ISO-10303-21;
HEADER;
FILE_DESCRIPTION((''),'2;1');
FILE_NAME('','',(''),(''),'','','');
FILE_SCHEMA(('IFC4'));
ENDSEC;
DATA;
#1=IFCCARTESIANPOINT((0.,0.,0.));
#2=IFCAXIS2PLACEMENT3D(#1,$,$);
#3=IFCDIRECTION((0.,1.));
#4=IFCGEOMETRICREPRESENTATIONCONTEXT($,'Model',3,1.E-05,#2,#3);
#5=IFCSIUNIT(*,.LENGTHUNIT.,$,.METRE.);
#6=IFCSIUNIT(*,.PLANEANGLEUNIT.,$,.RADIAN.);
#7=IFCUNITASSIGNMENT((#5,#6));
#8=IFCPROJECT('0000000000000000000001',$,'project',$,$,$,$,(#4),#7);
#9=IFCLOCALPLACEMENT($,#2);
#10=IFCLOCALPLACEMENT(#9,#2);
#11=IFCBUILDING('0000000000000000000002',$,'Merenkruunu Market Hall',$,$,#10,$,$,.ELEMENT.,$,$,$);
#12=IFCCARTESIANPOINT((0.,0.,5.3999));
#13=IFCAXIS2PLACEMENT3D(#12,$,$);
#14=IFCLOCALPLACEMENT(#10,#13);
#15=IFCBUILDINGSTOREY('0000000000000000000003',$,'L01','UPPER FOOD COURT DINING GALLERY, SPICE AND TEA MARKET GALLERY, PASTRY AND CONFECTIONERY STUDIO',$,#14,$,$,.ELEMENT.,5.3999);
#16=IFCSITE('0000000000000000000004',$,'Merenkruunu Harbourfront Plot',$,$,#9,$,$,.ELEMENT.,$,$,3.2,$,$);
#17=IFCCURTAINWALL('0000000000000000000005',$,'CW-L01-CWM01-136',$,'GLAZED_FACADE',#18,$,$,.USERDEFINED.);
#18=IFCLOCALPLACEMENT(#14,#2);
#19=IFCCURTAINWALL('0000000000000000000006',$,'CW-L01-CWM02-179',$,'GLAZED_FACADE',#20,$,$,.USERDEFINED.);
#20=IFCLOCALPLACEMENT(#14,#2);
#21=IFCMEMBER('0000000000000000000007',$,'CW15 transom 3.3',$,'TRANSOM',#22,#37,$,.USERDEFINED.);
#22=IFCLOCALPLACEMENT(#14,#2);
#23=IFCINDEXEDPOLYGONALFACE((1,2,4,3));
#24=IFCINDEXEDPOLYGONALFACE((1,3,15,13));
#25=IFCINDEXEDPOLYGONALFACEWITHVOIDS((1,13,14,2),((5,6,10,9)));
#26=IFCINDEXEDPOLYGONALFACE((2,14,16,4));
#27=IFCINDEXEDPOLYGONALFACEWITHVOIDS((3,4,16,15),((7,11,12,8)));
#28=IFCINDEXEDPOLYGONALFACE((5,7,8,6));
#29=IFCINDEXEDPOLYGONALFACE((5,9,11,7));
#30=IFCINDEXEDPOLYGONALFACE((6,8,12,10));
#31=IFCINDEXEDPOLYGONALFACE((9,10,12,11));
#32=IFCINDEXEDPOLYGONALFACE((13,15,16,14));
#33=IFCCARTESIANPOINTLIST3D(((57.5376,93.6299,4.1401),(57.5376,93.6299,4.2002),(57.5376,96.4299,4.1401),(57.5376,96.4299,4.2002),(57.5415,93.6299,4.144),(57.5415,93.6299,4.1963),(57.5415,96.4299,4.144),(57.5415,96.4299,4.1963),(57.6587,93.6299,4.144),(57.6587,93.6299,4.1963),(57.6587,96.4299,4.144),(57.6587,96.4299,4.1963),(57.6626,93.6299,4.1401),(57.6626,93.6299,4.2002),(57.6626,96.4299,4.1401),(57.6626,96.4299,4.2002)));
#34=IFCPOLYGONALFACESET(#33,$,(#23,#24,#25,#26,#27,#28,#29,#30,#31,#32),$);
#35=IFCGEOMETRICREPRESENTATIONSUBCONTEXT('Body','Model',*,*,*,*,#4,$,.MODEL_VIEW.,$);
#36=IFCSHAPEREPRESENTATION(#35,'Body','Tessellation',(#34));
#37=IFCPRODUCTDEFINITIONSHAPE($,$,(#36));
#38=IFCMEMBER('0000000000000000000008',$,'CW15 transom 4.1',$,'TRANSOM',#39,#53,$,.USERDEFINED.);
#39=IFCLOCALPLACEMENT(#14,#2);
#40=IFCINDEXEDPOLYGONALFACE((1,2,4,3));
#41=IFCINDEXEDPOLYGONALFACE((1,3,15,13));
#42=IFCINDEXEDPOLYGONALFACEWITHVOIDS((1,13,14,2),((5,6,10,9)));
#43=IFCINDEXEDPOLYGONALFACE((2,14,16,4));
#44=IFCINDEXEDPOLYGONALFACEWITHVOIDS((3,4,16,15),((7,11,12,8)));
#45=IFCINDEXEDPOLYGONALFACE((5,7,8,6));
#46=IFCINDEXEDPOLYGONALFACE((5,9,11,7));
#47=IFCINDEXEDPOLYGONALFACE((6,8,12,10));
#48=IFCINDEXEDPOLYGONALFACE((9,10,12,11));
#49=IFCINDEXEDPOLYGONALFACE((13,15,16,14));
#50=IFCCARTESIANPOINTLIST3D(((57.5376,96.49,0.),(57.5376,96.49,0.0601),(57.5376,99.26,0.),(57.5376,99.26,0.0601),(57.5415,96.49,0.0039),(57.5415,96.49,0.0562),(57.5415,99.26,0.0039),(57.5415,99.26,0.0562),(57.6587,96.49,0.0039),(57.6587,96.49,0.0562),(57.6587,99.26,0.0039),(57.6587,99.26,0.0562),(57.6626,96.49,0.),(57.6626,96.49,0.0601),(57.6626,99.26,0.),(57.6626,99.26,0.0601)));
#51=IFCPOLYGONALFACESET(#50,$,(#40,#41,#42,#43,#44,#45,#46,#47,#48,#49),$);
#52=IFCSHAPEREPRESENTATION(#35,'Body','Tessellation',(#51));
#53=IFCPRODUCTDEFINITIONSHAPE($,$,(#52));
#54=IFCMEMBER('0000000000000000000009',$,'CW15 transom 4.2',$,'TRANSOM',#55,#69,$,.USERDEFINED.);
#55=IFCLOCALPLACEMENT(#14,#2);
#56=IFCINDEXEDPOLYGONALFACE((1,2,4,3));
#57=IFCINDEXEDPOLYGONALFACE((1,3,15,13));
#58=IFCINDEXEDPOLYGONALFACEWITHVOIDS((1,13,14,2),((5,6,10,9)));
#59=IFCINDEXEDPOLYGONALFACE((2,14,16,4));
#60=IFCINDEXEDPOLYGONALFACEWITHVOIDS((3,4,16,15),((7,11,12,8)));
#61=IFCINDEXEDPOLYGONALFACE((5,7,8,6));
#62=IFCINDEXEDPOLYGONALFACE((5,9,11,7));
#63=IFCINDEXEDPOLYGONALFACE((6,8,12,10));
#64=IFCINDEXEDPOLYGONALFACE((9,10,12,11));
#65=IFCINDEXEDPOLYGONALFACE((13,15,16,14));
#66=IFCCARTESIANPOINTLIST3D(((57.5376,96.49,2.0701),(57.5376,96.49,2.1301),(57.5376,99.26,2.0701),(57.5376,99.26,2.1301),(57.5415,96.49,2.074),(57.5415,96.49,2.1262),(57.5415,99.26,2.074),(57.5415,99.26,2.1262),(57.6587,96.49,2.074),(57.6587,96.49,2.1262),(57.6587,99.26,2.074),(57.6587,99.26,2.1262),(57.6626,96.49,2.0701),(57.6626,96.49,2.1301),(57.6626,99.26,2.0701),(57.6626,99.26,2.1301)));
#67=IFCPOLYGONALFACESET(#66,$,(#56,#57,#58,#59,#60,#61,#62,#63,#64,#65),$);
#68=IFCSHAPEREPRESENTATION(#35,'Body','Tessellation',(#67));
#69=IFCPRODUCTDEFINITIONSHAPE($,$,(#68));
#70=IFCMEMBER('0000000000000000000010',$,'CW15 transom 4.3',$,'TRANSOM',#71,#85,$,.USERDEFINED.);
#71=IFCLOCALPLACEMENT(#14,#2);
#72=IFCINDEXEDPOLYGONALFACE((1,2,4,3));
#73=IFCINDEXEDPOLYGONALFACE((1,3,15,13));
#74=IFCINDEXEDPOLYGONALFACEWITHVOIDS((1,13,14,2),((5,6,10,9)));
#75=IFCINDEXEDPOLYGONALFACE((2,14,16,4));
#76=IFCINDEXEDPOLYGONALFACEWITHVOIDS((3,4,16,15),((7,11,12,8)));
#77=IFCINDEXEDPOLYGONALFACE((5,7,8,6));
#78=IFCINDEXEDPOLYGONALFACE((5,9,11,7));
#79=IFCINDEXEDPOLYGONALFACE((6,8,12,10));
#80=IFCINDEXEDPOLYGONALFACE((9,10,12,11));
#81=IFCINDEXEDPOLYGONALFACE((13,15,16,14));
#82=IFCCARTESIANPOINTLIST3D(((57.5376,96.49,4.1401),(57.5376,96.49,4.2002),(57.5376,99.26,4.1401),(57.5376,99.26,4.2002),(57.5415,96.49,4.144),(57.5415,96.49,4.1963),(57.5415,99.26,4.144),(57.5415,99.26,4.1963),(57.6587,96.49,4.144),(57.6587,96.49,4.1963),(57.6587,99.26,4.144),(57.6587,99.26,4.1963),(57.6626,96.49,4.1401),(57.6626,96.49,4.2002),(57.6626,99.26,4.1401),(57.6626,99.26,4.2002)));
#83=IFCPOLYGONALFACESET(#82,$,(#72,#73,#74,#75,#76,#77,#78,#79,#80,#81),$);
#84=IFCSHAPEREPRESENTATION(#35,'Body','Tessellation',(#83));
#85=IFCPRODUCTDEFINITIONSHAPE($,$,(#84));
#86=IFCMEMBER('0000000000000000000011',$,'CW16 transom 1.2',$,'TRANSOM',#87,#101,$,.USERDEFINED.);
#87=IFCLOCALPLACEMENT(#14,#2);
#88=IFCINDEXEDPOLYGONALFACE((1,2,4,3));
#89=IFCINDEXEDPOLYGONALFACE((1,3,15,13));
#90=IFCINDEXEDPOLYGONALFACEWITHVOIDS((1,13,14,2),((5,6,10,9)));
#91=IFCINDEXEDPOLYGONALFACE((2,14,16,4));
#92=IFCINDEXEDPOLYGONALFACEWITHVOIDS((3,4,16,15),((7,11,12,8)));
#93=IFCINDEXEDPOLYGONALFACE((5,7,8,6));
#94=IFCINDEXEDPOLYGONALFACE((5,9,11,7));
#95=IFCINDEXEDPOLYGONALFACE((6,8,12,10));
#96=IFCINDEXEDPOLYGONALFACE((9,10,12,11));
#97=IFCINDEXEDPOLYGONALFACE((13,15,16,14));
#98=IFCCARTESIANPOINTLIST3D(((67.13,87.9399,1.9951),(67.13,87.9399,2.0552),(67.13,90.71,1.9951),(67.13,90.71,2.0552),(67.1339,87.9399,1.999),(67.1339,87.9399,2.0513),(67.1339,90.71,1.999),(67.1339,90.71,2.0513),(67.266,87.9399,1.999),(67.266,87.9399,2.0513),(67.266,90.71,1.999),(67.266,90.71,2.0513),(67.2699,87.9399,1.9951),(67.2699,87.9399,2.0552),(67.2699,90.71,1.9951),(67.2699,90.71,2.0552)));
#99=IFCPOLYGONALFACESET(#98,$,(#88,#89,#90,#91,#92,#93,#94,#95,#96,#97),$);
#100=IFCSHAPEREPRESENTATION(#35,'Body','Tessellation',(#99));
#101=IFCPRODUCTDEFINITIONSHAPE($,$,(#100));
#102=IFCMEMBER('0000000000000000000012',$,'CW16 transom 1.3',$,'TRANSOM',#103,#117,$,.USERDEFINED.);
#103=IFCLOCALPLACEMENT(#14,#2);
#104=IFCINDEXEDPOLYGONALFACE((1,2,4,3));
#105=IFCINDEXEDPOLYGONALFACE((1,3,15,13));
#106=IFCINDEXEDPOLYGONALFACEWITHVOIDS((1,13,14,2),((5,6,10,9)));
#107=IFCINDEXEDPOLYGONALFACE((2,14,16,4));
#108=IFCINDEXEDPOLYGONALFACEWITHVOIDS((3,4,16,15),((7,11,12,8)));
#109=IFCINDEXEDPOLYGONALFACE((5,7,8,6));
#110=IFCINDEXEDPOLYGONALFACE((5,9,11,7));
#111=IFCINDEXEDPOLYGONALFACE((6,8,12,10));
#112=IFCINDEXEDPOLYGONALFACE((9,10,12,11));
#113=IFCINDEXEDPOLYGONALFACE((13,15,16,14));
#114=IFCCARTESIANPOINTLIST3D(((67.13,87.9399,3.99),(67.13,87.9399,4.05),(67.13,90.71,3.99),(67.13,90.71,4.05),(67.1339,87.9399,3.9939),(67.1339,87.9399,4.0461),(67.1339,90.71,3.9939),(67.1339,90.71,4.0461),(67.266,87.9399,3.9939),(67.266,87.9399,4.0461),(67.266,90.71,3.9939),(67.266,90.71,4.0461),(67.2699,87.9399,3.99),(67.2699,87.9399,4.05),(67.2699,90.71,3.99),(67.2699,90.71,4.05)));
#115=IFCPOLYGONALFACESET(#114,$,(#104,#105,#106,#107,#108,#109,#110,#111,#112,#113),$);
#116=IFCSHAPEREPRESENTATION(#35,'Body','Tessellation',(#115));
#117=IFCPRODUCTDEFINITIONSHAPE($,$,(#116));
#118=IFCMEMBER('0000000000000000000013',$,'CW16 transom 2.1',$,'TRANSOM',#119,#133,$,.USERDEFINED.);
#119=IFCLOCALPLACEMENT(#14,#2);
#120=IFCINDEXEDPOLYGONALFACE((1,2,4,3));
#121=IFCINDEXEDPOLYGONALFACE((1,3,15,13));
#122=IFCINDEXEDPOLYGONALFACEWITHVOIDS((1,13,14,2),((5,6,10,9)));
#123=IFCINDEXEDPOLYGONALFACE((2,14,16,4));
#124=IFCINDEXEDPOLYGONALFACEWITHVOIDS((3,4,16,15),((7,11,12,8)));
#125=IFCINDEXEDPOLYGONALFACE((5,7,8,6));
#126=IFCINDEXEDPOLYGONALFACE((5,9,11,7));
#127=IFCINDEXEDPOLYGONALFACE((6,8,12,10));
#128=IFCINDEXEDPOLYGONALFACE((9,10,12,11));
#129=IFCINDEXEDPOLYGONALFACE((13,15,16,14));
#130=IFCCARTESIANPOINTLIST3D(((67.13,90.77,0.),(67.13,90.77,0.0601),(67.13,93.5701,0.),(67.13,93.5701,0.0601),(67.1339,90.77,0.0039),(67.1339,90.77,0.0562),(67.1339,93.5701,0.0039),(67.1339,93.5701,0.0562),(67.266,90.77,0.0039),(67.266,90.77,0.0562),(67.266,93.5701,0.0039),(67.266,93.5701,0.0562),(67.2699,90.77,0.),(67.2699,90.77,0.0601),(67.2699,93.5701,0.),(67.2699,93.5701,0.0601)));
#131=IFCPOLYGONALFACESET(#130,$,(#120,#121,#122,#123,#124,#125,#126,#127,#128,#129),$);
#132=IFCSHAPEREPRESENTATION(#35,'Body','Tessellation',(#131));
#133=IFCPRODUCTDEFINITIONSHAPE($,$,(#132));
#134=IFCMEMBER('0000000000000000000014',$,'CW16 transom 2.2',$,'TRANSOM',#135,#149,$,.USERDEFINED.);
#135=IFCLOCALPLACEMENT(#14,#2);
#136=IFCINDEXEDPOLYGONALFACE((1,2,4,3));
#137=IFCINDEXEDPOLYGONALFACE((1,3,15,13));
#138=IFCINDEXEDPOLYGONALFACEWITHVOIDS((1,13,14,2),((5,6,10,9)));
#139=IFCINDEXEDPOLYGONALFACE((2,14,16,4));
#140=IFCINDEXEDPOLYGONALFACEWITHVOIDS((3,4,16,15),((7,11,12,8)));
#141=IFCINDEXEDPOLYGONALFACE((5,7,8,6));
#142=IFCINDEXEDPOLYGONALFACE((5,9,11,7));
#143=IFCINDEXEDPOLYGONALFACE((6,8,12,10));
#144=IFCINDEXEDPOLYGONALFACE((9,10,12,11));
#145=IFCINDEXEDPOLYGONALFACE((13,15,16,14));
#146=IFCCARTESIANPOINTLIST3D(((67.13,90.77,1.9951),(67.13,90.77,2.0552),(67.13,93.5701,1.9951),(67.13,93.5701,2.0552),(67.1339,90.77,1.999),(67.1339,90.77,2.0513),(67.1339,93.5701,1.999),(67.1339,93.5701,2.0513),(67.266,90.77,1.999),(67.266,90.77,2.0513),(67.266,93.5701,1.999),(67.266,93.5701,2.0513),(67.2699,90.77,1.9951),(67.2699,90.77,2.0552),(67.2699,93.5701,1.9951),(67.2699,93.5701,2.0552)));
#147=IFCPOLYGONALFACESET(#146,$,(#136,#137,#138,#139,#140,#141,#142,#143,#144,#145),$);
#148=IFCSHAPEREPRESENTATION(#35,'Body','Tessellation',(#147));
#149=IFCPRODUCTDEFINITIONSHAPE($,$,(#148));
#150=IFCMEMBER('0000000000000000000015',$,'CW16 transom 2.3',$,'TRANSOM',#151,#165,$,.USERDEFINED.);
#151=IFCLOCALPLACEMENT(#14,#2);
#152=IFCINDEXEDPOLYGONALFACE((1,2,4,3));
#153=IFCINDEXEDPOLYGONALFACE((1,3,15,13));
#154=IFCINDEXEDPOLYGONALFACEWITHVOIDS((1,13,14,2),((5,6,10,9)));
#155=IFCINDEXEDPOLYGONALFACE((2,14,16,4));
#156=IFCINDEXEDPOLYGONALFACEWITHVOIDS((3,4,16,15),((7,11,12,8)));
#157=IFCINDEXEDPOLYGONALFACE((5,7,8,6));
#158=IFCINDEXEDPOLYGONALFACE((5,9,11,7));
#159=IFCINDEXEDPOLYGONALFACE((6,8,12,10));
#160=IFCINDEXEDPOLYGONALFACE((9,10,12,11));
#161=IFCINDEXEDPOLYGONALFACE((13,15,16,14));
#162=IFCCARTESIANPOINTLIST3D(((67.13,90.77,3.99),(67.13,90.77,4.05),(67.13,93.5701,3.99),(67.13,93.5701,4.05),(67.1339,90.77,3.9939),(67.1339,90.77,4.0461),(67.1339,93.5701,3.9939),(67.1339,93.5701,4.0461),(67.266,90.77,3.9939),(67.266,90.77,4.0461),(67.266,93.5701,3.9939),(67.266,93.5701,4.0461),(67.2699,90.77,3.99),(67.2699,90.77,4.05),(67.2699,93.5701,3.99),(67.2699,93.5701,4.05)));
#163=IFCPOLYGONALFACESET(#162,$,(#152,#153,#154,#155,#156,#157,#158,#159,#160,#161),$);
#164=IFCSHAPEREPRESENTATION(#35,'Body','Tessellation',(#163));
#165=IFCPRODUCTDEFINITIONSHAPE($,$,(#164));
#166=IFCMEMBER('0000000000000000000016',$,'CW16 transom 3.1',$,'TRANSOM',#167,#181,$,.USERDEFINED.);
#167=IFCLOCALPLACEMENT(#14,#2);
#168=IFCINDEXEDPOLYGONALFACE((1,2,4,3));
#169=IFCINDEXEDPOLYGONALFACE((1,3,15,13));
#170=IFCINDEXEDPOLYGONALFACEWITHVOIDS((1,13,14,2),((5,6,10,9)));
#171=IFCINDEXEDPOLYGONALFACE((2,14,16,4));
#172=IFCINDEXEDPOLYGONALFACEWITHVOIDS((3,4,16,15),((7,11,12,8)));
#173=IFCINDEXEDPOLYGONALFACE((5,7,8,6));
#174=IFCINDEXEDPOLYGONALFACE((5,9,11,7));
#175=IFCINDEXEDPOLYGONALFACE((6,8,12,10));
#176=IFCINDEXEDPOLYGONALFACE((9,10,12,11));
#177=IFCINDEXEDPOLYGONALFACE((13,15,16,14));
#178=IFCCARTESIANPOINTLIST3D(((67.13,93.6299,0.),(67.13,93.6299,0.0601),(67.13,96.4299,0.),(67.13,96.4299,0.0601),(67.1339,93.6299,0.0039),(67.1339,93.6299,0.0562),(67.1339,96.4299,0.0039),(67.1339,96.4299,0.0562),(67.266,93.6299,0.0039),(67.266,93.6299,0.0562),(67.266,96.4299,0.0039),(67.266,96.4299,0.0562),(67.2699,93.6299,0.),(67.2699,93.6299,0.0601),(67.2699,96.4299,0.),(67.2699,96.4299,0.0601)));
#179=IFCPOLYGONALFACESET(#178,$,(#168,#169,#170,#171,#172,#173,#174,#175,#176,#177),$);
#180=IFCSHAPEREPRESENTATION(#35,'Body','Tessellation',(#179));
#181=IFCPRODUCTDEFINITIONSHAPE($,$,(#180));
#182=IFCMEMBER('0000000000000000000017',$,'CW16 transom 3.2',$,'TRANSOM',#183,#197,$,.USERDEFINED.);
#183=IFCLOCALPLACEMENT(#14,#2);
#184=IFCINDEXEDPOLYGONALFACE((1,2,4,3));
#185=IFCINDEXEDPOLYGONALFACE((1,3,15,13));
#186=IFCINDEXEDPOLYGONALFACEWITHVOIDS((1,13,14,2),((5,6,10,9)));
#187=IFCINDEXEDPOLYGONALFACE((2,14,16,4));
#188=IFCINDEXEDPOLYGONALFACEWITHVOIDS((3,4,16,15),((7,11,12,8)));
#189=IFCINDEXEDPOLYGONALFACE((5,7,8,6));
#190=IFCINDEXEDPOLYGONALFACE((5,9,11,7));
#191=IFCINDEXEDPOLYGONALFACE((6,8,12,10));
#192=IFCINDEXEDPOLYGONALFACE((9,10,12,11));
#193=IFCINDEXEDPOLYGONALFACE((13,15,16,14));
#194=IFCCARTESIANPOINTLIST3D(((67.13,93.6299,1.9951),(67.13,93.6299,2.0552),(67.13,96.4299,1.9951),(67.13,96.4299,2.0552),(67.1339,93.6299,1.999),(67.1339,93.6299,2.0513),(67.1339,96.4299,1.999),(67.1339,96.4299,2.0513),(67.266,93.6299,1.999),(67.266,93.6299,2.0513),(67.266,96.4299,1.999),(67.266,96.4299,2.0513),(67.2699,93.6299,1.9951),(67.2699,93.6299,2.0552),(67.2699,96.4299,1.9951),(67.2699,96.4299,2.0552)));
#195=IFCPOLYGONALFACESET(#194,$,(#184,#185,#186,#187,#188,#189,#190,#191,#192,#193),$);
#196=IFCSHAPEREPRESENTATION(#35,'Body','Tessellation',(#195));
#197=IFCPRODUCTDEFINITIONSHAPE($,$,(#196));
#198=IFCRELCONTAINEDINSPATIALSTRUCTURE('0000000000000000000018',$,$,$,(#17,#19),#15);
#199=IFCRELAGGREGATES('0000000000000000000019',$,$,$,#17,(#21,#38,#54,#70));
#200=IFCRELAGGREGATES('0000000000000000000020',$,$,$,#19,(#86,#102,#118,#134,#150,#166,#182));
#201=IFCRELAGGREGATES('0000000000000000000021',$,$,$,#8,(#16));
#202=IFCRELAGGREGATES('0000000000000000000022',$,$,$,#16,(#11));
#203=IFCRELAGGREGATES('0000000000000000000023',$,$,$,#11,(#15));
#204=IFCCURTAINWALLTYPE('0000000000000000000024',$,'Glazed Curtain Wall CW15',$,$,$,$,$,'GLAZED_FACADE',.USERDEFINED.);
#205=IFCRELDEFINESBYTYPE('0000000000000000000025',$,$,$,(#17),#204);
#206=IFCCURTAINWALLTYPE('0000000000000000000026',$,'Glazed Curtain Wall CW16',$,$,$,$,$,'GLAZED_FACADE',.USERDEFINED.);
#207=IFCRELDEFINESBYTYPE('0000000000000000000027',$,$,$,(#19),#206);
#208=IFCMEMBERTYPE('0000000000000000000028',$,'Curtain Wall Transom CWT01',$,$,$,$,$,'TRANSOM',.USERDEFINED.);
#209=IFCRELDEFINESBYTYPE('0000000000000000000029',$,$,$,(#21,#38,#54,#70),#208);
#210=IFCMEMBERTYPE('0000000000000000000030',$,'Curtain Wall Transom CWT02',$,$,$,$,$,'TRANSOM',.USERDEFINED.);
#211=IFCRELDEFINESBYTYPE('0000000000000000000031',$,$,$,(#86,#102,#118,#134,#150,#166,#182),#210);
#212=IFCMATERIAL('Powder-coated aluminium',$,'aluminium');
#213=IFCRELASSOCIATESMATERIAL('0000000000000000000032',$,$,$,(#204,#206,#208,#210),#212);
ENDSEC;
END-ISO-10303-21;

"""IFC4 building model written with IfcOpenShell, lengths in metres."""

from ifc_helpers import new_model, si_unit, direction, frame, origin, origin_2d, place, context, subcontext, project, spatial, hollow_rectangle, extrude, material, material_profile, profile_set, type_object, element, aggregate, save


model = new_model("IFC4")

# Units and contexts
model_context = context("Model", 3, precision=1e-05, world=origin(), true_north=direction((0.0, 1.0)))
body_context = subcontext(model_context, "Body", "Model", "MODEL_VIEW")
ifc_project = project(units=[si_unit("LENGTHUNIT", "METRE"), si_unit("PLANEANGLEUNIT", "RADIAN")], contexts=[model_context])

# Site, building, storey
site_placement = place(None, origin())
site = spatial("IfcSite", under=ifc_project, at=site_placement, Name="Merenkruunu Harbourfront Plot", CompositionType="ELEMENT", RefElevation=3.2)
building_placement = place(site_placement, origin())
building = spatial("IfcBuilding", under=site, at=building_placement, Name="Merenkruunu Market Hall", CompositionType="ELEMENT")
storey_placement = place(building_placement, frame((0.0, 0.0, 5.3999)))
storey = spatial("IfcBuildingStorey", under=building, at=storey_placement, Name="L01", Description="UPPER FOOD COURT DINING GALLERY, SPICE AND TEA MARKET GALLERY, PASTRY AND CONFECTIONERY STUDIO", CompositionType="ELEMENT", Elevation=5.3999)

# Curtain walls
ifc_material_1 = material(Name="Powder-coated aluminium", Category="aluminium")
curtain_wall_type_1 = type_object("IfcCurtainWallType", Name="Glazed Curtain Wall CW15", ElementType="GLAZED_FACADE", PredefinedType="USERDEFINED", material=ifc_material_1)
curtain_wall_1_placement = place(storey_placement, origin())
curtain_wall_1 = element("IfcCurtainWall", 1, at=curtain_wall_1_placement, inside=storey, type_object=curtain_wall_type_1, Name="CW-L01-CWM01-136", ObjectType="GLAZED_FACADE", PredefinedType="USERDEFINED")
curtain_wall_type_2 = type_object("IfcCurtainWallType", Name="Glazed Curtain Wall CW16", ElementType="GLAZED_FACADE", PredefinedType="USERDEFINED", material=ifc_material_1)
curtain_wall_2_placement = place(storey_placement, origin())
curtain_wall_2 = element("IfcCurtainWall", 2, at=curtain_wall_2_placement, inside=storey, type_object=curtain_wall_type_2, Name="CW-L01-CWM02-179", ObjectType="GLAZED_FACADE", PredefinedType="USERDEFINED")

# Members
ifc_material_profile_1 = material_profile(ifc_material_1, hollow_rectangle(XDim=0.0601, YDim=0.125, WallThickness=0.0039, at=origin_2d()), Name="ALU 60x125x4")
ifc_profile_set_1 = profile_set([ifc_material_profile_1], Name="Powder-coated aluminium")
member_type_1 = type_object("IfcMemberType", Name="Curtain Wall Transom CWT01", ElementType="TRANSOM", PredefinedType="USERDEFINED", material=ifc_profile_set_1)
member_1_placement = place(storey_placement, frame((57.6001, 93.6299, 4.1702), z_axis=(0.0, 1.0, 0.0), x_axis=(0.0, 0.0, 1.0)))
member_1 = element("IfcMember", 3, at=member_1_placement, type_object=member_type_1, Name="CW15 transom 3.3", ObjectType="TRANSOM", PredefinedType="USERDEFINED", context=body_context, shape_type="SweptSolid", body=[
    extrude(hollow_rectangle(XDim=0.0601, YDim=0.125, WallThickness=0.0039, at=origin_2d()), origin(), (0.0, 0.0, 1.0), 2.8),
])
member_2_placement = place(storey_placement, frame((57.6001, 96.49, 0.03), z_axis=(0.0, 1.0, 0.0), x_axis=(0.0, 0.0, 1.0)))
member_2 = element("IfcMember", 4, at=member_2_placement, type_object=member_type_1, Name="CW15 transom 4.1", ObjectType="TRANSOM", PredefinedType="USERDEFINED", context=body_context, shape_type="SweptSolid", body=[
    extrude(hollow_rectangle(XDim=0.0601, YDim=0.125, WallThickness=0.0039, at=origin_2d()), origin(), (0.0, 0.0, 1.0), 2.77),
])
member_3_placement = place(storey_placement, frame((57.6001, 96.49, 2.1001), z_axis=(0.0, 1.0, 0.0), x_axis=(0.0, 0.0, 1.0)))
member_3 = element("IfcMember", 5, at=member_3_placement, type_object=member_type_1, Name="CW15 transom 4.2", ObjectType="TRANSOM", PredefinedType="USERDEFINED", context=body_context, shape_type="SweptSolid", body=[
    extrude(hollow_rectangle(XDim=0.0601, YDim=0.125, WallThickness=0.0039, at=origin_2d()), origin(), (0.0, 0.0, 1.0), 2.77),
])
member_4_placement = place(storey_placement, frame((57.6001, 96.49, 4.1702), z_axis=(0.0, 1.0, 0.0), x_axis=(0.0, 0.0, 1.0)))
member_4 = element("IfcMember", 6, at=member_4_placement, type_object=member_type_1, Name="CW15 transom 4.3", ObjectType="TRANSOM", PredefinedType="USERDEFINED", context=body_context, shape_type="SweptSolid", body=[
    extrude(hollow_rectangle(XDim=0.0601, YDim=0.125, WallThickness=0.0039, at=origin_2d()), origin(), (0.0, 0.0, 1.0), 2.77),
])
ifc_material_profile_2 = material_profile(ifc_material_1, hollow_rectangle(XDim=0.0601, YDim=0.1399, WallThickness=0.0039, at=origin_2d()), Name="ALU 60x140x4")
ifc_profile_set_2 = profile_set([ifc_material_profile_2], Name="Powder-coated aluminium")
member_type_2 = type_object("IfcMemberType", Name="Curtain Wall Transom CWT02", ElementType="TRANSOM", PredefinedType="USERDEFINED", material=ifc_profile_set_2)
member_5_placement = place(storey_placement, frame((67.2, 87.9399, 2.0251), z_axis=(0.0, 1.0, 0.0), x_axis=(0.0, 0.0, 1.0)))
member_5 = element("IfcMember", 7, at=member_5_placement, type_object=member_type_2, Name="CW16 transom 1.2", ObjectType="TRANSOM", PredefinedType="USERDEFINED", context=body_context, shape_type="SweptSolid", body=[
    extrude(hollow_rectangle(XDim=0.0601, YDim=0.1399, WallThickness=0.0039, at=origin_2d()), origin(), (0.0, 0.0, 1.0), 2.77),
])
member_6_placement = place(storey_placement, frame((67.2, 87.9399, 4.02), z_axis=(0.0, 1.0, 0.0), x_axis=(0.0, 0.0, 1.0)))
member_6 = element("IfcMember", 8, at=member_6_placement, type_object=member_type_2, Name="CW16 transom 1.3", ObjectType="TRANSOM", PredefinedType="USERDEFINED", context=body_context, shape_type="SweptSolid", body=[
    extrude(hollow_rectangle(XDim=0.0601, YDim=0.1399, WallThickness=0.0039, at=origin_2d()), origin(), (0.0, 0.0, 1.0), 2.77),
])
member_7_placement = place(storey_placement, frame((67.2, 90.77, 0.03), z_axis=(0.0, 1.0, 0.0), x_axis=(0.0, 0.0, 1.0)))
member_7 = element("IfcMember", 9, at=member_7_placement, type_object=member_type_2, Name="CW16 transom 2.1", ObjectType="TRANSOM", PredefinedType="USERDEFINED", context=body_context, shape_type="SweptSolid", body=[
    extrude(hollow_rectangle(XDim=0.0601, YDim=0.1399, WallThickness=0.0039, at=origin_2d()), origin(), (0.0, 0.0, 1.0), 2.8),
])
member_8_placement = place(storey_placement, frame((67.2, 90.77, 2.0251), z_axis=(0.0, 1.0, 0.0), x_axis=(0.0, 0.0, 1.0)))
member_8 = element("IfcMember", 10, at=member_8_placement, type_object=member_type_2, Name="CW16 transom 2.2", ObjectType="TRANSOM", PredefinedType="USERDEFINED", context=body_context, shape_type="SweptSolid", body=[
    extrude(hollow_rectangle(XDim=0.0601, YDim=0.1399, WallThickness=0.0039, at=origin_2d()), origin(), (0.0, 0.0, 1.0), 2.8),
])
member_9_placement = place(storey_placement, frame((67.2, 90.77, 4.02), z_axis=(0.0, 1.0, 0.0), x_axis=(0.0, 0.0, 1.0)))
member_9 = element("IfcMember", 11, at=member_9_placement, type_object=member_type_2, Name="CW16 transom 2.3", ObjectType="TRANSOM", PredefinedType="USERDEFINED", context=body_context, shape_type="SweptSolid", body=[
    extrude(hollow_rectangle(XDim=0.0601, YDim=0.1399, WallThickness=0.0039, at=origin_2d()), origin(), (0.0, 0.0, 1.0), 2.8),
])
member_10_placement = place(storey_placement, frame((67.2, 93.6299, 0.03), z_axis=(0.0, 1.0, 0.0), x_axis=(0.0, 0.0, 1.0)))
member_10 = element("IfcMember", 12, at=member_10_placement, type_object=member_type_2, Name="CW16 transom 3.1", ObjectType="TRANSOM", PredefinedType="USERDEFINED", context=body_context, shape_type="SweptSolid", body=[
    extrude(hollow_rectangle(XDim=0.0601, YDim=0.1399, WallThickness=0.0039, at=origin_2d()), origin(), (0.0, 0.0, 1.0), 2.8),
])
member_11_placement = place(storey_placement, frame((67.2, 93.6299, 2.0251), z_axis=(0.0, 1.0, 0.0), x_axis=(0.0, 0.0, 1.0)))
member_11 = element("IfcMember", 13, at=member_11_placement, type_object=member_type_2, Name="CW16 transom 3.2", ObjectType="TRANSOM", PredefinedType="USERDEFINED", context=body_context, shape_type="SweptSolid", body=[
    extrude(hollow_rectangle(XDim=0.0601, YDim=0.1399, WallThickness=0.0039, at=origin_2d()), origin(), (0.0, 0.0, 1.0), 2.8),
])

aggregate(curtain_wall_1, [member_1, member_2, member_3, member_4])
aggregate(curtain_wall_2, [member_5, member_6, member_7, member_8, member_9, member_10, member_11])

save(model, "model.ifc")
